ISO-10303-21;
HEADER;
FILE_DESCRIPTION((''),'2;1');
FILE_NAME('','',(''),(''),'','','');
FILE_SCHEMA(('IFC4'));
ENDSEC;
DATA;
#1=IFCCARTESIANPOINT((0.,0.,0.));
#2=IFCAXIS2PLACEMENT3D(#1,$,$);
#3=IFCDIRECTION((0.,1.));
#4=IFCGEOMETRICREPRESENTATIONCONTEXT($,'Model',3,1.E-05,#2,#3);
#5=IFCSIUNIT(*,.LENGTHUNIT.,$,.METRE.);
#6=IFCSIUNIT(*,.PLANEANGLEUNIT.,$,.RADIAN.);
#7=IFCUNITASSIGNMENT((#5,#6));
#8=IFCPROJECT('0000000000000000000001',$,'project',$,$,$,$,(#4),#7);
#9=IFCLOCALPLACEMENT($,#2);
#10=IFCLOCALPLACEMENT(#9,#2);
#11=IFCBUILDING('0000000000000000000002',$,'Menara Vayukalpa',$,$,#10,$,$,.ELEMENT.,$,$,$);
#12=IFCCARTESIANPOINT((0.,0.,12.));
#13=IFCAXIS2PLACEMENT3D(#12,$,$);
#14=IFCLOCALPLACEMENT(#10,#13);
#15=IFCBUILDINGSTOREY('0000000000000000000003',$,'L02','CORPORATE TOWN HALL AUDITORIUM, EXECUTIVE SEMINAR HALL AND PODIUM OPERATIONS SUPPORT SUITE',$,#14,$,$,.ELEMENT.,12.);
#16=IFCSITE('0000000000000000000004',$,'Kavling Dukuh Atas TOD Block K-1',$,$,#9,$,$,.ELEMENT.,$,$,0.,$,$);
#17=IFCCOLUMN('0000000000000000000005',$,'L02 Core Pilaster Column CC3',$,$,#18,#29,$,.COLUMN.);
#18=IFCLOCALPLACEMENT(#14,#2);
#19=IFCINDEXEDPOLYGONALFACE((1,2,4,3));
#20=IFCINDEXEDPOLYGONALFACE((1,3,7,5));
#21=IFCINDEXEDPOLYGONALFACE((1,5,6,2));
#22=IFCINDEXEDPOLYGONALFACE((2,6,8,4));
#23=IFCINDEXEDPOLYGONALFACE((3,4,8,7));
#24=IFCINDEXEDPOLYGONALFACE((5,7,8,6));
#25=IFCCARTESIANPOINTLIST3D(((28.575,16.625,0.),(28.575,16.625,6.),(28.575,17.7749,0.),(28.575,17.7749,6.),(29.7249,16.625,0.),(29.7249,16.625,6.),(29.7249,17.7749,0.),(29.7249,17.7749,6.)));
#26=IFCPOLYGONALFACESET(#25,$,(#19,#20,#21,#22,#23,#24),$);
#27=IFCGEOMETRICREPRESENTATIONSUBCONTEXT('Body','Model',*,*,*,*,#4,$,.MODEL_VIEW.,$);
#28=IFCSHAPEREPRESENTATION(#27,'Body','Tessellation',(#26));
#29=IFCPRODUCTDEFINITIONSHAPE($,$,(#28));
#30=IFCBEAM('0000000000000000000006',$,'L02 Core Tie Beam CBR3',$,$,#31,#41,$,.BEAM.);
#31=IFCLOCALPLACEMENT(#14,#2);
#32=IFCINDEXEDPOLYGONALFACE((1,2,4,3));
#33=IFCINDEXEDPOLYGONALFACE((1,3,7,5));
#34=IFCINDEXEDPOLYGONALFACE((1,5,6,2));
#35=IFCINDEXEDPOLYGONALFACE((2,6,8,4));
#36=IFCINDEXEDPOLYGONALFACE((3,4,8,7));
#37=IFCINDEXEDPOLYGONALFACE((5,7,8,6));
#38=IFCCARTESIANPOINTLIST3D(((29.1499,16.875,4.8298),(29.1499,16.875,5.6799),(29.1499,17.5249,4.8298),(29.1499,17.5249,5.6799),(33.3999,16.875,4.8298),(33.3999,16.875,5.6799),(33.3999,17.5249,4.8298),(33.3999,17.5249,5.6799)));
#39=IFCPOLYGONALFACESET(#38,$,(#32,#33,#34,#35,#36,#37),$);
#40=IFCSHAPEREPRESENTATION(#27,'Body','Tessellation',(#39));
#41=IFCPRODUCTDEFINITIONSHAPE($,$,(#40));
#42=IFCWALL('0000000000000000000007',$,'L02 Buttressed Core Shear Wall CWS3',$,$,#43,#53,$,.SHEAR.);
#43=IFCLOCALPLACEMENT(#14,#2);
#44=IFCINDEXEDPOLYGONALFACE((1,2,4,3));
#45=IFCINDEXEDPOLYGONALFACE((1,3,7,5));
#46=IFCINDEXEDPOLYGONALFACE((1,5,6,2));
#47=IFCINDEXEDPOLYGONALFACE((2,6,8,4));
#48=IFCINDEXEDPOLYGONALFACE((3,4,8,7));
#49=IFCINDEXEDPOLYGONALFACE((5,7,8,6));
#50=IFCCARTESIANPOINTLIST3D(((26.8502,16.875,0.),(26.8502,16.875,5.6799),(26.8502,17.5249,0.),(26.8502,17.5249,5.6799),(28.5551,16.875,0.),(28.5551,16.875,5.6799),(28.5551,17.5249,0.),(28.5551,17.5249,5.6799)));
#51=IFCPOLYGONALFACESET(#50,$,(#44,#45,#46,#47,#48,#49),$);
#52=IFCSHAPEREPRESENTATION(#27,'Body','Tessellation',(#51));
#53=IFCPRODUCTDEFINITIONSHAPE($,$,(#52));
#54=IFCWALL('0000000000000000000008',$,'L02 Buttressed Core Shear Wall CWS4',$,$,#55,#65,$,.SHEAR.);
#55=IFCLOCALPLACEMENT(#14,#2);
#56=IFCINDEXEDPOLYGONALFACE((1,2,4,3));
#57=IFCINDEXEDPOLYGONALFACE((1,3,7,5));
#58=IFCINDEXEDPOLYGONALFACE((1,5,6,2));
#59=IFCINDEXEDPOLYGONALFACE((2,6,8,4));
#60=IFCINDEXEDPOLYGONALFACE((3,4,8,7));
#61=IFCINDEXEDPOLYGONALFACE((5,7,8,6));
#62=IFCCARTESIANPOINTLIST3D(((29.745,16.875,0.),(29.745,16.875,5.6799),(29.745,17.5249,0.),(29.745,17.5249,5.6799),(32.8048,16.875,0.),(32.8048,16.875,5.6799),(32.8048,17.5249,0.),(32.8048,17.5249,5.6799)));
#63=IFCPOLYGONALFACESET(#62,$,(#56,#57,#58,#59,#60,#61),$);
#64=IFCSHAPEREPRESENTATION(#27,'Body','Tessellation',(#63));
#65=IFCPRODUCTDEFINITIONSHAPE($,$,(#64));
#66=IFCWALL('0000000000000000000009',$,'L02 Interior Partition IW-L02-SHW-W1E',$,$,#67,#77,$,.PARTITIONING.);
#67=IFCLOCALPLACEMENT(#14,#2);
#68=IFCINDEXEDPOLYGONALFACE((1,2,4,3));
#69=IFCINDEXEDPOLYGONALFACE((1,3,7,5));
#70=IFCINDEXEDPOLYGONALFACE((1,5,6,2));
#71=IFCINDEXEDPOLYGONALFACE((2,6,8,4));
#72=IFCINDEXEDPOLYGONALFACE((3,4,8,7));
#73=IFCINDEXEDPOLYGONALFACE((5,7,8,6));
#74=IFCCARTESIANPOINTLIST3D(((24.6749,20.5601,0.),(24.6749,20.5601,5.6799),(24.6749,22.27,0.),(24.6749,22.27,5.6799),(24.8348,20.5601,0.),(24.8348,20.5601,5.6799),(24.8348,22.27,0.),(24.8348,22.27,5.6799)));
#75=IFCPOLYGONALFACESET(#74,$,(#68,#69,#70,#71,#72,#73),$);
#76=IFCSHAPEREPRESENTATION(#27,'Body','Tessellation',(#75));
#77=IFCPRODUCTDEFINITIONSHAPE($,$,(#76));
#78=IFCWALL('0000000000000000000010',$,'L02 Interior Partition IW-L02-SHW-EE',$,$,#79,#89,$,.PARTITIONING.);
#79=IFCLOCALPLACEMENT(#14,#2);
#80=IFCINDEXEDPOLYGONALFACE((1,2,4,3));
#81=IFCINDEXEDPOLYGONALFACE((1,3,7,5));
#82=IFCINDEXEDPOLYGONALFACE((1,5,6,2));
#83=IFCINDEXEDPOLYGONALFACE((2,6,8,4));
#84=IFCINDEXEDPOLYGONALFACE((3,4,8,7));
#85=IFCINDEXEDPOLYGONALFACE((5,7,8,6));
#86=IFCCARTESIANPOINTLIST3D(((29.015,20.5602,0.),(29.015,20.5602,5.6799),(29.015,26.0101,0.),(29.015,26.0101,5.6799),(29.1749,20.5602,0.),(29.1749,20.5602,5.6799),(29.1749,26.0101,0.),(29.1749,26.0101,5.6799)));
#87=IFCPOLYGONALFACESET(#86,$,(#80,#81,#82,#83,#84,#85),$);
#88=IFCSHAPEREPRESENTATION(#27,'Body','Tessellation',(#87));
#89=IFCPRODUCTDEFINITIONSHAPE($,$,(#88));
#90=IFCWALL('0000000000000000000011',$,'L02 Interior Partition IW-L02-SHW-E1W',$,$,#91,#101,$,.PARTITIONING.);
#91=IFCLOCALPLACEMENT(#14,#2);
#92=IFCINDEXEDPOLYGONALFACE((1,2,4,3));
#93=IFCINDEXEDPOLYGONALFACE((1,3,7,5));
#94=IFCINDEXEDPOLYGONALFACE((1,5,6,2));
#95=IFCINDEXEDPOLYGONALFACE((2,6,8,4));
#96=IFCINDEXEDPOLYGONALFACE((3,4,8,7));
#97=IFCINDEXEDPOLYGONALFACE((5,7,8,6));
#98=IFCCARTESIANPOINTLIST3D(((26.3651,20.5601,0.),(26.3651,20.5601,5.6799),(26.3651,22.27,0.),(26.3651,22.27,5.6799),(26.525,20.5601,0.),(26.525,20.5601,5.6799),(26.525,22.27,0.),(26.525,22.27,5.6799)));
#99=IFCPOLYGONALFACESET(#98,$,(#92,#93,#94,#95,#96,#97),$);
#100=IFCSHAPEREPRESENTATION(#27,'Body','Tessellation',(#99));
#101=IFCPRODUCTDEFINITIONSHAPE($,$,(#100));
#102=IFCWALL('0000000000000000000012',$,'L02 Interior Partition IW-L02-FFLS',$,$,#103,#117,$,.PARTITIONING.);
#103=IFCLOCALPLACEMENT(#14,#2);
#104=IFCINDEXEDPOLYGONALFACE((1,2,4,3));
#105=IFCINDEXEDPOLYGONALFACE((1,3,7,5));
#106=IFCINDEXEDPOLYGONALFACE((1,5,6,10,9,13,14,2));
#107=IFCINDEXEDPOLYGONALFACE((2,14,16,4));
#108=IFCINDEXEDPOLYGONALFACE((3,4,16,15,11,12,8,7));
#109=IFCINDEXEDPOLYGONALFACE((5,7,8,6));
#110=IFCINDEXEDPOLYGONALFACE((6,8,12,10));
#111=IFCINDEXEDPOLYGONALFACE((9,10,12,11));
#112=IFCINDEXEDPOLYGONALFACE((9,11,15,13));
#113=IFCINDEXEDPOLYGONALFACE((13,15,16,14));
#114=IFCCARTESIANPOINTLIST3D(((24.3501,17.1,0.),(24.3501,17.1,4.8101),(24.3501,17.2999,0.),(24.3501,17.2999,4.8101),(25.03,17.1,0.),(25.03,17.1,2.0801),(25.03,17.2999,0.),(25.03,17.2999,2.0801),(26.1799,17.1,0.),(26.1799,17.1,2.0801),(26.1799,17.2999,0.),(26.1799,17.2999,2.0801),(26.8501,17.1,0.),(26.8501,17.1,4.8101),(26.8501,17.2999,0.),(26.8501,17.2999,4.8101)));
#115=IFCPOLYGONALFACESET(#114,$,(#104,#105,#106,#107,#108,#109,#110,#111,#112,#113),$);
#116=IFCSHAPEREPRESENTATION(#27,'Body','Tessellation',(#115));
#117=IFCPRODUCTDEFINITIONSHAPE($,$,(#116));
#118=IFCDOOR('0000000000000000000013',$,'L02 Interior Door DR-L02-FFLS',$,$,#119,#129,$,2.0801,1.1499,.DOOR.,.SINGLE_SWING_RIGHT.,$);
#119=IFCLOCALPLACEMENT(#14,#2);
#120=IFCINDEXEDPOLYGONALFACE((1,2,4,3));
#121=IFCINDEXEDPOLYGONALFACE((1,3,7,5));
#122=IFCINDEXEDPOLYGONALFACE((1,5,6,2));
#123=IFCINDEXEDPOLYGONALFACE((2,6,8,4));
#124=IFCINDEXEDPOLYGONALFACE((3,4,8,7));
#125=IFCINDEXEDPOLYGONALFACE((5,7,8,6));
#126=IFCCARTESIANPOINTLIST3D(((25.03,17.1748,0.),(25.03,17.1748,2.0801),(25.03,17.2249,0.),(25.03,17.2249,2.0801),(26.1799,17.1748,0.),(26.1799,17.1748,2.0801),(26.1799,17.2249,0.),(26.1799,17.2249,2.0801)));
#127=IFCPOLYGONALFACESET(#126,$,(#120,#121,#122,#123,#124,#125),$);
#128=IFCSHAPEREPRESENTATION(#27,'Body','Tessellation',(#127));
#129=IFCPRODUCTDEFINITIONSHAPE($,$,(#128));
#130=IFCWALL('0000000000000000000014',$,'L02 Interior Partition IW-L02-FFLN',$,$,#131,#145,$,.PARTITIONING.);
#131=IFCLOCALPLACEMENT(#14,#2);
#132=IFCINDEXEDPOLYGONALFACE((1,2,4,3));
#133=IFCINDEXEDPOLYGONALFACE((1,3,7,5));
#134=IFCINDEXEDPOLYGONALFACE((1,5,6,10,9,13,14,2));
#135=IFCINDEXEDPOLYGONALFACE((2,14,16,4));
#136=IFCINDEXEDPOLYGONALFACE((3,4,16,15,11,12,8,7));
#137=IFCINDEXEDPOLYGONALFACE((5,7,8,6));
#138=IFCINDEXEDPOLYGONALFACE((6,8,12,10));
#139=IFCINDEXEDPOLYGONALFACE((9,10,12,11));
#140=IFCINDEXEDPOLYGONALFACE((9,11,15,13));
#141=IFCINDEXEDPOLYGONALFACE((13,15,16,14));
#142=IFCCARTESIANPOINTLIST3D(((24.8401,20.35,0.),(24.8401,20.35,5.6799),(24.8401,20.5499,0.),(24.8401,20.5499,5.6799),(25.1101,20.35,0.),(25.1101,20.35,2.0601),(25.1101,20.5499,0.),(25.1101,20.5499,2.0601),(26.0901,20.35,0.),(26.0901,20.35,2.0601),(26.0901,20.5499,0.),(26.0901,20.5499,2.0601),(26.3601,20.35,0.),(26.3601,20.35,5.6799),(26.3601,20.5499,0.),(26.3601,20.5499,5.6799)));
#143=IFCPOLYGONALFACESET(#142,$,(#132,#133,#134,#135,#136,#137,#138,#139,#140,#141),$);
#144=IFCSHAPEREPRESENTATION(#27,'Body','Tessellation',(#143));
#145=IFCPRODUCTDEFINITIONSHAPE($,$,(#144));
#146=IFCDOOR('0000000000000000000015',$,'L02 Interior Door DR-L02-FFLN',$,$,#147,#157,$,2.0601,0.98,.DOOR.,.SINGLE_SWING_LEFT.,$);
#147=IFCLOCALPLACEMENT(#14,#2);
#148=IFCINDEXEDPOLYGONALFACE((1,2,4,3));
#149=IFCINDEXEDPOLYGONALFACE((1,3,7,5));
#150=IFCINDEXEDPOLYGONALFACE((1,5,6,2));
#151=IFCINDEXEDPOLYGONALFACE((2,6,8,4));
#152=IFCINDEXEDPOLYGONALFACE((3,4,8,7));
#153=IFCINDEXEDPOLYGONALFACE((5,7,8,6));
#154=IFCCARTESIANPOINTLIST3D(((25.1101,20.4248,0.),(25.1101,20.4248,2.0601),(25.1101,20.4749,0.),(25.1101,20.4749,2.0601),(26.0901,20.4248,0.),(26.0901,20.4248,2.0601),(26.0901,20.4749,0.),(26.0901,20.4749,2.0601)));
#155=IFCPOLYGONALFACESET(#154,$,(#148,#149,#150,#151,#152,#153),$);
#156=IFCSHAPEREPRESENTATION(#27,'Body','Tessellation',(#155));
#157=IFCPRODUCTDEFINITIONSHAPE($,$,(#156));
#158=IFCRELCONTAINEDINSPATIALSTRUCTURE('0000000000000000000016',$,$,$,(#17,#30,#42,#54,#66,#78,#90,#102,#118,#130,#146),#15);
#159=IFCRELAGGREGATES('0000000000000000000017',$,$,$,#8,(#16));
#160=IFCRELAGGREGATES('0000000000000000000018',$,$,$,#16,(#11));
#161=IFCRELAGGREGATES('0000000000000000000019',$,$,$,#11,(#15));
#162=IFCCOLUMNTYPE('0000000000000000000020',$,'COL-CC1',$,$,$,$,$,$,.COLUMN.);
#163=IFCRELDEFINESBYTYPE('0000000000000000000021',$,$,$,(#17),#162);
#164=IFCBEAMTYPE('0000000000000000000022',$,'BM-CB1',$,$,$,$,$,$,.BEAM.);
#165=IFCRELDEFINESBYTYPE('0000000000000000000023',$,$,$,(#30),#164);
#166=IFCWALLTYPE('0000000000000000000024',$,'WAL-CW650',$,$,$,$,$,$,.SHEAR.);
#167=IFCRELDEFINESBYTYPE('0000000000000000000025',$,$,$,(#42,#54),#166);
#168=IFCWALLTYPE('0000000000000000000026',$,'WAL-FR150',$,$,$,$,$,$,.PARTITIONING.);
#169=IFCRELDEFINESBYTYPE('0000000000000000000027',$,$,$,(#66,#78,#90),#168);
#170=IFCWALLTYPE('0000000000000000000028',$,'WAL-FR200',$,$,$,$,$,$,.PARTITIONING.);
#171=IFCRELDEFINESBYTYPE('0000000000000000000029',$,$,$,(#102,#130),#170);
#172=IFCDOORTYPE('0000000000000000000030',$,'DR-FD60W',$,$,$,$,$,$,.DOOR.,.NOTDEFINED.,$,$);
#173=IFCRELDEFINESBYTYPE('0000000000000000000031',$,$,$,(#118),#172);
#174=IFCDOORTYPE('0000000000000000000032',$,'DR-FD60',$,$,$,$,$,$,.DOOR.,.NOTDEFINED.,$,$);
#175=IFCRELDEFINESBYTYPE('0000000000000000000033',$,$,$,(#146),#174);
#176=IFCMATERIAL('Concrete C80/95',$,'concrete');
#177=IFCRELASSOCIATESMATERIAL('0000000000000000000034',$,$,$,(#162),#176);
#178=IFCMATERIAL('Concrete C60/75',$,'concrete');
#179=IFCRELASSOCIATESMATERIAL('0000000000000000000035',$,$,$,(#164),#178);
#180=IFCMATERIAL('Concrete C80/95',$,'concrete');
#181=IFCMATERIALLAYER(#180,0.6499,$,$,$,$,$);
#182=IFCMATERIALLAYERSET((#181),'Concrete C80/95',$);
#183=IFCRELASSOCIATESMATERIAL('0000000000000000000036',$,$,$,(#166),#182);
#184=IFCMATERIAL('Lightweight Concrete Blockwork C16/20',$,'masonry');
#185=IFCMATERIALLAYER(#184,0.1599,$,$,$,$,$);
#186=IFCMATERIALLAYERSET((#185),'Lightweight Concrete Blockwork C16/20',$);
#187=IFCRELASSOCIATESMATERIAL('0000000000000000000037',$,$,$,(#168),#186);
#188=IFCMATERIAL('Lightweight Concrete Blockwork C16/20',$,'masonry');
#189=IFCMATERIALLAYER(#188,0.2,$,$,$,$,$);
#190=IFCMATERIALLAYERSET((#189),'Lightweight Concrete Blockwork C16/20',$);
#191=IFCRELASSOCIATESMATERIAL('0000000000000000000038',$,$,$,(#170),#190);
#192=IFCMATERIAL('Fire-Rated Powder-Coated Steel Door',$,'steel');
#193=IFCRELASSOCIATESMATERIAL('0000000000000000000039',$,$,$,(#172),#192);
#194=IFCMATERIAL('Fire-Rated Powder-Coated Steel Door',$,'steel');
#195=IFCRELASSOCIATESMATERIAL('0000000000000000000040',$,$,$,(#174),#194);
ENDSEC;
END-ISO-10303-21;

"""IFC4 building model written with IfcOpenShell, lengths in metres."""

from ifc_helpers import new_model, si_unit, direction, frame, frame_2d, origin, origin_2d, place, context, subcontext, project, spatial, rectangle, extrude, material, layer, layer_set, material_profile, profile_set, type_object, element, fill, save


model = new_model("IFC4")

# Units and contexts
model_context = context("Model", 3, precision=1e-05, world=origin(), true_north=direction((0.0, 1.0)))
body_context = subcontext(model_context, "Body", "Model", "MODEL_VIEW")
ifc_project = project(units=[si_unit("LENGTHUNIT", "METRE"), si_unit("PLANEANGLEUNIT", "RADIAN")], contexts=[model_context])

# Site, building, storey
site_placement = place(None, origin())
site = spatial("IfcSite", under=ifc_project, at=site_placement, Name="Kavling Dukuh Atas TOD Block K-1", CompositionType="ELEMENT", RefElevation=0.0)
building_placement = place(site_placement, origin())
building = spatial("IfcBuilding", under=site, at=building_placement, Name="Menara Vayukalpa", CompositionType="ELEMENT")
storey_placement = place(building_placement, frame((0.0, 0.0, 12.0)))
storey = spatial("IfcBuildingStorey", under=building, at=storey_placement, Name="L02", Description="CORPORATE TOWN HALL AUDITORIUM, EXECUTIVE SEMINAR HALL AND PODIUM OPERATIONS SUPPORT SUITE", CompositionType="ELEMENT", Elevation=12.0)

# Column
ifc_material_1 = material(Name="Concrete C80/95", Category="concrete")
ifc_material_profile_1 = material_profile(ifc_material_1, rectangle(XDim=1.1499, YDim=1.1499, at=origin_2d()), Name="RC 1150x1150")
ifc_profile_set_1 = profile_set([ifc_material_profile_1], Name="Concrete C80/95")
column_type = type_object("IfcColumnType", Name="COL-CC1", PredefinedType="COLUMN", material=ifc_profile_set_1)
column_placement = place(storey_placement, frame((29.1499, 17.2, 0.0), z_axis=(0.0, 0.0, 1.0), x_axis=(1.0, 0.0, 0.0)))
element("IfcColumn", 1, at=column_placement, inside=storey, type_object=column_type, Name="L02 Core Pilaster Column CC3", PredefinedType="COLUMN", context=body_context, shape_type="SweptSolid", body=[
    extrude(rectangle(XDim=1.1499, YDim=1.1499, at=origin_2d()), origin(), (0.0, 0.0, 1.0), 6.0),
])

# Beam
ifc_material_2 = material(Name="Concrete C60/75", Category="concrete")
ifc_material_profile_2 = material_profile(ifc_material_2, rectangle(XDim=0.6499, YDim=0.8501, at=origin_2d()), Name="RC 650x850")
ifc_profile_set_2 = profile_set([ifc_material_profile_2], Name="Concrete C60/75")
beam_type = type_object("IfcBeamType", Name="BM-CB1", PredefinedType="BEAM", material=ifc_profile_set_2)
beam_placement = place(storey_placement, frame((29.1499, 17.2, 5.2549), z_axis=(1.0, 0.0, 0.0), x_axis=(0.0, 1.0, 0.0)))
element("IfcBeam", 2, at=beam_placement, inside=storey, type_object=beam_type, Name="L02 Core Tie Beam CBR3", PredefinedType="BEAM", context=body_context, shape_type="SweptSolid", body=[
    extrude(rectangle(XDim=0.6499, YDim=0.8501, at=origin_2d()), origin(), (0.0, 0.0, 1.0), 4.25),
])

# Walls
ifc_material_3 = material(Name="Concrete C80/95", Category="concrete")
ifc_layer_1 = layer(ifc_material_3, 0.6499)
ifc_layer_set_1 = layer_set([ifc_layer_1], Name="Concrete C80/95")
wall_type_1 = type_object("IfcWallType", Name="WAL-CW650", PredefinedType="SHEAR", material=ifc_layer_set_1)
wall_1_placement = place(storey_placement, frame((26.8501, 17.2, 0.0), z_axis=(0.0, 0.0, 1.0), x_axis=(1.0, 0.0, 0.0)))
element("IfcWall", 3, at=wall_1_placement, inside=storey, type_object=wall_type_1, Name="L02 Buttressed Core Shear Wall CWS3", PredefinedType="SHEAR", context=body_context, shape_type="SweptSolid", body=[
    extrude(rectangle(XDim=1.7048, YDim=0.6499, at=frame_2d((0.8525, 0.0))), origin(), (0.0, 0.0, 1.0), 5.6799),
])
wall_2_placement = place(storey_placement, frame((29.7451, 17.2, 0.0), z_axis=(0.0, 0.0, 1.0), x_axis=(1.0, 0.0, 0.0)))
element("IfcWall", 4, at=wall_2_placement, inside=storey, type_object=wall_type_1, Name="L02 Buttressed Core Shear Wall CWS4", PredefinedType="SHEAR", context=body_context, shape_type="SweptSolid", body=[
    extrude(rectangle(XDim=3.0598, YDim=0.6499, at=frame_2d((1.5298, 0.0))), origin(), (0.0, 0.0, 1.0), 5.6799),
])
ifc_material_4 = material(Name="Lightweight Concrete Blockwork C16/20", Category="masonry")
ifc_layer_2 = layer(ifc_material_4, 0.1599)
ifc_layer_set_2 = layer_set([ifc_layer_2], Name="Lightweight Concrete Blockwork C16/20")
wall_type_2 = type_object("IfcWallType", Name="WAL-FR150", PredefinedType="PARTITIONING", material=ifc_layer_set_2)
wall_3_placement = place(storey_placement, frame((24.7549, 20.5601, 0.0), z_axis=(0.0, 0.0, 1.0), x_axis=(0.0, 1.0, 0.0)))
element("IfcWall", 5, at=wall_3_placement, inside=storey, type_object=wall_type_2, Name="L02 Interior Partition IW-L02-SHW-W1E", PredefinedType="PARTITIONING", context=body_context, shape_type="SweptSolid", body=[
    extrude(rectangle(XDim=1.71, YDim=0.1599, at=frame_2d((0.855, 0.0))), origin(), (0.0, 0.0, 1.0), 5.6799),
])
wall_4_placement = place(storey_placement, frame((29.095, 20.5601, 0.0), z_axis=(0.0, 0.0, 1.0), x_axis=(0.0, 1.0, 0.0)))
element("IfcWall", 6, at=wall_4_placement, inside=storey, type_object=wall_type_2, Name="L02 Interior Partition IW-L02-SHW-EE", PredefinedType="PARTITIONING", context=body_context, shape_type="SweptSolid", body=[
    extrude(rectangle(XDim=5.45, YDim=0.1599, at=frame_2d((2.7251, 0.0))), origin(), (0.0, 0.0, 1.0), 5.6799),
])
wall_5_placement = place(storey_placement, frame((26.4451, 20.5601, 0.0), z_axis=(0.0, 0.0, 1.0), x_axis=(0.0, 1.0, 0.0)))
element("IfcWall", 7, at=wall_5_placement, inside=storey, type_object=wall_type_2, Name="L02 Interior Partition IW-L02-SHW-E1W", PredefinedType="PARTITIONING", context=body_context, shape_type="SweptSolid", body=[
    extrude(rectangle(XDim=1.71, YDim=0.1599, at=frame_2d((0.855, 0.0))), origin(), (0.0, 0.0, 1.0), 5.6799),
])

# Walls, openings, doors
ifc_material_5 = material(Name="Lightweight Concrete Blockwork C16/20", Category="masonry")
ifc_layer_3 = layer(ifc_material_5, 0.2)
ifc_layer_set_3 = layer_set([ifc_layer_3], Name="Lightweight Concrete Blockwork C16/20")
wall_type_3 = type_object("IfcWallType", Name="WAL-FR200", PredefinedType="PARTITIONING", material=ifc_layer_set_3)
wall_6_placement = place(storey_placement, frame((24.3501, 17.2, 0.0), z_axis=(0.0, 0.0, 1.0), x_axis=(1.0, 0.0, 0.0)))
wall_6 = element("IfcWall", 8, at=wall_6_placement, inside=storey, type_object=wall_type_3, Name="L02 Interior Partition IW-L02-FFLS", PredefinedType="PARTITIONING", context=body_context, shape_type="SweptSolid", body=[
    extrude(rectangle(XDim=2.5, YDim=0.2, at=frame_2d((1.25, 0.0))), origin(), (0.0, 0.0, 1.0), 4.8101),
])
opening_1_placement = place(wall_6_placement, frame((0.6799, 0.0, 0.0)))
opening_1 = element("IfcOpeningElement", 9, at=opening_1_placement, cuts=wall_6, PredefinedType="OPENING", context=body_context, shape_type="SweptSolid", body=[
    extrude(rectangle(XDim=1.1499, YDim=2.0801, at=frame_2d((0.575, 1.04))), frame((0.0, 0.1099, 0.0), z_axis=(0.0, -1.0, 0.0), x_axis=(1.0, 0.0, 0.0)), (0.0, 0.0, 1.0), 0.22),
])
ifc_material_6 = material(Name="Fire-Rated Powder-Coated Steel Door", Category="steel")
door_type_1 = type_object("IfcDoorType", Name="DR-FD60W", OperationType="NOTDEFINED", PredefinedType="DOOR", material=ifc_material_6)
door_1_placement = place(opening_1_placement, origin())
door_1 = element("IfcDoor", 10, at=door_1_placement, inside=storey, type_object=door_type_1, Name="L02 Interior Door DR-L02-FFLS", OperationType="SINGLE_SWING_RIGHT", OverallHeight=2.0801, OverallWidth=1.1499, PredefinedType="DOOR", context=body_context, shape_type="SweptSolid", body=[
    extrude(rectangle(XDim=1.1499, YDim=2.0801, at=frame_2d((0.575, 1.04))), frame((0.0, 0.0249, 0.0), z_axis=(0.0, -1.0, 0.0), x_axis=(1.0, 0.0, 0.0)), (0.0, 0.0, 1.0), 0.05),
])
fill(opening_1, door_1)
wall_7_placement = place(storey_placement, frame((24.8401, 20.45, 0.0), z_axis=(0.0, 0.0, 1.0), x_axis=(1.0, 0.0, 0.0)))
wall_7 = element("IfcWall", 11, at=wall_7_placement, inside=storey, type_object=wall_type_3, Name="L02 Interior Partition IW-L02-FFLN", PredefinedType="PARTITIONING", context=body_context, shape_type="SweptSolid", body=[
    extrude(rectangle(XDim=1.52, YDim=0.2, at=frame_2d((0.76, 0.0))), origin(), (0.0, 0.0, 1.0), 5.6799),
])
opening_2_placement = place(wall_7_placement, frame((0.27, 0.0, 0.0)))
opening_2 = element("IfcOpeningElement", 12, at=opening_2_placement, cuts=wall_7, PredefinedType="OPENING", context=body_context, shape_type="SweptSolid", body=[
    extrude(rectangle(XDim=0.98, YDim=2.0601, at=frame_2d((0.49, 1.03))), frame((0.0, 0.1099, 0.0), z_axis=(0.0, -1.0, 0.0), x_axis=(1.0, 0.0, 0.0)), (0.0, 0.0, 1.0), 0.22),
])
ifc_material_7 = material(Name="Fire-Rated Powder-Coated Steel Door", Category="steel")
door_type_2 = type_object("IfcDoorType", Name="DR-FD60", OperationType="NOTDEFINED", PredefinedType="DOOR", material=ifc_material_7)
door_2_placement = place(opening_2_placement, origin())
door_2 = element("IfcDoor", 13, at=door_2_placement, inside=storey, type_object=door_type_2, Name="L02 Interior Door DR-L02-FFLN", OperationType="SINGLE_SWING_LEFT", OverallHeight=2.0601, OverallWidth=0.98, PredefinedType="DOOR", context=body_context, shape_type="SweptSolid", body=[
    extrude(rectangle(XDim=0.98, YDim=2.0601, at=frame_2d((0.49, 1.03))), frame((0.0, 0.0249, 0.0), z_axis=(0.0, -1.0, 0.0), x_axis=(1.0, 0.0, 0.0)), (0.0, 0.0, 1.0), 0.05),
])
fill(opening_2, door_2)

save(model, "model.ifc")
